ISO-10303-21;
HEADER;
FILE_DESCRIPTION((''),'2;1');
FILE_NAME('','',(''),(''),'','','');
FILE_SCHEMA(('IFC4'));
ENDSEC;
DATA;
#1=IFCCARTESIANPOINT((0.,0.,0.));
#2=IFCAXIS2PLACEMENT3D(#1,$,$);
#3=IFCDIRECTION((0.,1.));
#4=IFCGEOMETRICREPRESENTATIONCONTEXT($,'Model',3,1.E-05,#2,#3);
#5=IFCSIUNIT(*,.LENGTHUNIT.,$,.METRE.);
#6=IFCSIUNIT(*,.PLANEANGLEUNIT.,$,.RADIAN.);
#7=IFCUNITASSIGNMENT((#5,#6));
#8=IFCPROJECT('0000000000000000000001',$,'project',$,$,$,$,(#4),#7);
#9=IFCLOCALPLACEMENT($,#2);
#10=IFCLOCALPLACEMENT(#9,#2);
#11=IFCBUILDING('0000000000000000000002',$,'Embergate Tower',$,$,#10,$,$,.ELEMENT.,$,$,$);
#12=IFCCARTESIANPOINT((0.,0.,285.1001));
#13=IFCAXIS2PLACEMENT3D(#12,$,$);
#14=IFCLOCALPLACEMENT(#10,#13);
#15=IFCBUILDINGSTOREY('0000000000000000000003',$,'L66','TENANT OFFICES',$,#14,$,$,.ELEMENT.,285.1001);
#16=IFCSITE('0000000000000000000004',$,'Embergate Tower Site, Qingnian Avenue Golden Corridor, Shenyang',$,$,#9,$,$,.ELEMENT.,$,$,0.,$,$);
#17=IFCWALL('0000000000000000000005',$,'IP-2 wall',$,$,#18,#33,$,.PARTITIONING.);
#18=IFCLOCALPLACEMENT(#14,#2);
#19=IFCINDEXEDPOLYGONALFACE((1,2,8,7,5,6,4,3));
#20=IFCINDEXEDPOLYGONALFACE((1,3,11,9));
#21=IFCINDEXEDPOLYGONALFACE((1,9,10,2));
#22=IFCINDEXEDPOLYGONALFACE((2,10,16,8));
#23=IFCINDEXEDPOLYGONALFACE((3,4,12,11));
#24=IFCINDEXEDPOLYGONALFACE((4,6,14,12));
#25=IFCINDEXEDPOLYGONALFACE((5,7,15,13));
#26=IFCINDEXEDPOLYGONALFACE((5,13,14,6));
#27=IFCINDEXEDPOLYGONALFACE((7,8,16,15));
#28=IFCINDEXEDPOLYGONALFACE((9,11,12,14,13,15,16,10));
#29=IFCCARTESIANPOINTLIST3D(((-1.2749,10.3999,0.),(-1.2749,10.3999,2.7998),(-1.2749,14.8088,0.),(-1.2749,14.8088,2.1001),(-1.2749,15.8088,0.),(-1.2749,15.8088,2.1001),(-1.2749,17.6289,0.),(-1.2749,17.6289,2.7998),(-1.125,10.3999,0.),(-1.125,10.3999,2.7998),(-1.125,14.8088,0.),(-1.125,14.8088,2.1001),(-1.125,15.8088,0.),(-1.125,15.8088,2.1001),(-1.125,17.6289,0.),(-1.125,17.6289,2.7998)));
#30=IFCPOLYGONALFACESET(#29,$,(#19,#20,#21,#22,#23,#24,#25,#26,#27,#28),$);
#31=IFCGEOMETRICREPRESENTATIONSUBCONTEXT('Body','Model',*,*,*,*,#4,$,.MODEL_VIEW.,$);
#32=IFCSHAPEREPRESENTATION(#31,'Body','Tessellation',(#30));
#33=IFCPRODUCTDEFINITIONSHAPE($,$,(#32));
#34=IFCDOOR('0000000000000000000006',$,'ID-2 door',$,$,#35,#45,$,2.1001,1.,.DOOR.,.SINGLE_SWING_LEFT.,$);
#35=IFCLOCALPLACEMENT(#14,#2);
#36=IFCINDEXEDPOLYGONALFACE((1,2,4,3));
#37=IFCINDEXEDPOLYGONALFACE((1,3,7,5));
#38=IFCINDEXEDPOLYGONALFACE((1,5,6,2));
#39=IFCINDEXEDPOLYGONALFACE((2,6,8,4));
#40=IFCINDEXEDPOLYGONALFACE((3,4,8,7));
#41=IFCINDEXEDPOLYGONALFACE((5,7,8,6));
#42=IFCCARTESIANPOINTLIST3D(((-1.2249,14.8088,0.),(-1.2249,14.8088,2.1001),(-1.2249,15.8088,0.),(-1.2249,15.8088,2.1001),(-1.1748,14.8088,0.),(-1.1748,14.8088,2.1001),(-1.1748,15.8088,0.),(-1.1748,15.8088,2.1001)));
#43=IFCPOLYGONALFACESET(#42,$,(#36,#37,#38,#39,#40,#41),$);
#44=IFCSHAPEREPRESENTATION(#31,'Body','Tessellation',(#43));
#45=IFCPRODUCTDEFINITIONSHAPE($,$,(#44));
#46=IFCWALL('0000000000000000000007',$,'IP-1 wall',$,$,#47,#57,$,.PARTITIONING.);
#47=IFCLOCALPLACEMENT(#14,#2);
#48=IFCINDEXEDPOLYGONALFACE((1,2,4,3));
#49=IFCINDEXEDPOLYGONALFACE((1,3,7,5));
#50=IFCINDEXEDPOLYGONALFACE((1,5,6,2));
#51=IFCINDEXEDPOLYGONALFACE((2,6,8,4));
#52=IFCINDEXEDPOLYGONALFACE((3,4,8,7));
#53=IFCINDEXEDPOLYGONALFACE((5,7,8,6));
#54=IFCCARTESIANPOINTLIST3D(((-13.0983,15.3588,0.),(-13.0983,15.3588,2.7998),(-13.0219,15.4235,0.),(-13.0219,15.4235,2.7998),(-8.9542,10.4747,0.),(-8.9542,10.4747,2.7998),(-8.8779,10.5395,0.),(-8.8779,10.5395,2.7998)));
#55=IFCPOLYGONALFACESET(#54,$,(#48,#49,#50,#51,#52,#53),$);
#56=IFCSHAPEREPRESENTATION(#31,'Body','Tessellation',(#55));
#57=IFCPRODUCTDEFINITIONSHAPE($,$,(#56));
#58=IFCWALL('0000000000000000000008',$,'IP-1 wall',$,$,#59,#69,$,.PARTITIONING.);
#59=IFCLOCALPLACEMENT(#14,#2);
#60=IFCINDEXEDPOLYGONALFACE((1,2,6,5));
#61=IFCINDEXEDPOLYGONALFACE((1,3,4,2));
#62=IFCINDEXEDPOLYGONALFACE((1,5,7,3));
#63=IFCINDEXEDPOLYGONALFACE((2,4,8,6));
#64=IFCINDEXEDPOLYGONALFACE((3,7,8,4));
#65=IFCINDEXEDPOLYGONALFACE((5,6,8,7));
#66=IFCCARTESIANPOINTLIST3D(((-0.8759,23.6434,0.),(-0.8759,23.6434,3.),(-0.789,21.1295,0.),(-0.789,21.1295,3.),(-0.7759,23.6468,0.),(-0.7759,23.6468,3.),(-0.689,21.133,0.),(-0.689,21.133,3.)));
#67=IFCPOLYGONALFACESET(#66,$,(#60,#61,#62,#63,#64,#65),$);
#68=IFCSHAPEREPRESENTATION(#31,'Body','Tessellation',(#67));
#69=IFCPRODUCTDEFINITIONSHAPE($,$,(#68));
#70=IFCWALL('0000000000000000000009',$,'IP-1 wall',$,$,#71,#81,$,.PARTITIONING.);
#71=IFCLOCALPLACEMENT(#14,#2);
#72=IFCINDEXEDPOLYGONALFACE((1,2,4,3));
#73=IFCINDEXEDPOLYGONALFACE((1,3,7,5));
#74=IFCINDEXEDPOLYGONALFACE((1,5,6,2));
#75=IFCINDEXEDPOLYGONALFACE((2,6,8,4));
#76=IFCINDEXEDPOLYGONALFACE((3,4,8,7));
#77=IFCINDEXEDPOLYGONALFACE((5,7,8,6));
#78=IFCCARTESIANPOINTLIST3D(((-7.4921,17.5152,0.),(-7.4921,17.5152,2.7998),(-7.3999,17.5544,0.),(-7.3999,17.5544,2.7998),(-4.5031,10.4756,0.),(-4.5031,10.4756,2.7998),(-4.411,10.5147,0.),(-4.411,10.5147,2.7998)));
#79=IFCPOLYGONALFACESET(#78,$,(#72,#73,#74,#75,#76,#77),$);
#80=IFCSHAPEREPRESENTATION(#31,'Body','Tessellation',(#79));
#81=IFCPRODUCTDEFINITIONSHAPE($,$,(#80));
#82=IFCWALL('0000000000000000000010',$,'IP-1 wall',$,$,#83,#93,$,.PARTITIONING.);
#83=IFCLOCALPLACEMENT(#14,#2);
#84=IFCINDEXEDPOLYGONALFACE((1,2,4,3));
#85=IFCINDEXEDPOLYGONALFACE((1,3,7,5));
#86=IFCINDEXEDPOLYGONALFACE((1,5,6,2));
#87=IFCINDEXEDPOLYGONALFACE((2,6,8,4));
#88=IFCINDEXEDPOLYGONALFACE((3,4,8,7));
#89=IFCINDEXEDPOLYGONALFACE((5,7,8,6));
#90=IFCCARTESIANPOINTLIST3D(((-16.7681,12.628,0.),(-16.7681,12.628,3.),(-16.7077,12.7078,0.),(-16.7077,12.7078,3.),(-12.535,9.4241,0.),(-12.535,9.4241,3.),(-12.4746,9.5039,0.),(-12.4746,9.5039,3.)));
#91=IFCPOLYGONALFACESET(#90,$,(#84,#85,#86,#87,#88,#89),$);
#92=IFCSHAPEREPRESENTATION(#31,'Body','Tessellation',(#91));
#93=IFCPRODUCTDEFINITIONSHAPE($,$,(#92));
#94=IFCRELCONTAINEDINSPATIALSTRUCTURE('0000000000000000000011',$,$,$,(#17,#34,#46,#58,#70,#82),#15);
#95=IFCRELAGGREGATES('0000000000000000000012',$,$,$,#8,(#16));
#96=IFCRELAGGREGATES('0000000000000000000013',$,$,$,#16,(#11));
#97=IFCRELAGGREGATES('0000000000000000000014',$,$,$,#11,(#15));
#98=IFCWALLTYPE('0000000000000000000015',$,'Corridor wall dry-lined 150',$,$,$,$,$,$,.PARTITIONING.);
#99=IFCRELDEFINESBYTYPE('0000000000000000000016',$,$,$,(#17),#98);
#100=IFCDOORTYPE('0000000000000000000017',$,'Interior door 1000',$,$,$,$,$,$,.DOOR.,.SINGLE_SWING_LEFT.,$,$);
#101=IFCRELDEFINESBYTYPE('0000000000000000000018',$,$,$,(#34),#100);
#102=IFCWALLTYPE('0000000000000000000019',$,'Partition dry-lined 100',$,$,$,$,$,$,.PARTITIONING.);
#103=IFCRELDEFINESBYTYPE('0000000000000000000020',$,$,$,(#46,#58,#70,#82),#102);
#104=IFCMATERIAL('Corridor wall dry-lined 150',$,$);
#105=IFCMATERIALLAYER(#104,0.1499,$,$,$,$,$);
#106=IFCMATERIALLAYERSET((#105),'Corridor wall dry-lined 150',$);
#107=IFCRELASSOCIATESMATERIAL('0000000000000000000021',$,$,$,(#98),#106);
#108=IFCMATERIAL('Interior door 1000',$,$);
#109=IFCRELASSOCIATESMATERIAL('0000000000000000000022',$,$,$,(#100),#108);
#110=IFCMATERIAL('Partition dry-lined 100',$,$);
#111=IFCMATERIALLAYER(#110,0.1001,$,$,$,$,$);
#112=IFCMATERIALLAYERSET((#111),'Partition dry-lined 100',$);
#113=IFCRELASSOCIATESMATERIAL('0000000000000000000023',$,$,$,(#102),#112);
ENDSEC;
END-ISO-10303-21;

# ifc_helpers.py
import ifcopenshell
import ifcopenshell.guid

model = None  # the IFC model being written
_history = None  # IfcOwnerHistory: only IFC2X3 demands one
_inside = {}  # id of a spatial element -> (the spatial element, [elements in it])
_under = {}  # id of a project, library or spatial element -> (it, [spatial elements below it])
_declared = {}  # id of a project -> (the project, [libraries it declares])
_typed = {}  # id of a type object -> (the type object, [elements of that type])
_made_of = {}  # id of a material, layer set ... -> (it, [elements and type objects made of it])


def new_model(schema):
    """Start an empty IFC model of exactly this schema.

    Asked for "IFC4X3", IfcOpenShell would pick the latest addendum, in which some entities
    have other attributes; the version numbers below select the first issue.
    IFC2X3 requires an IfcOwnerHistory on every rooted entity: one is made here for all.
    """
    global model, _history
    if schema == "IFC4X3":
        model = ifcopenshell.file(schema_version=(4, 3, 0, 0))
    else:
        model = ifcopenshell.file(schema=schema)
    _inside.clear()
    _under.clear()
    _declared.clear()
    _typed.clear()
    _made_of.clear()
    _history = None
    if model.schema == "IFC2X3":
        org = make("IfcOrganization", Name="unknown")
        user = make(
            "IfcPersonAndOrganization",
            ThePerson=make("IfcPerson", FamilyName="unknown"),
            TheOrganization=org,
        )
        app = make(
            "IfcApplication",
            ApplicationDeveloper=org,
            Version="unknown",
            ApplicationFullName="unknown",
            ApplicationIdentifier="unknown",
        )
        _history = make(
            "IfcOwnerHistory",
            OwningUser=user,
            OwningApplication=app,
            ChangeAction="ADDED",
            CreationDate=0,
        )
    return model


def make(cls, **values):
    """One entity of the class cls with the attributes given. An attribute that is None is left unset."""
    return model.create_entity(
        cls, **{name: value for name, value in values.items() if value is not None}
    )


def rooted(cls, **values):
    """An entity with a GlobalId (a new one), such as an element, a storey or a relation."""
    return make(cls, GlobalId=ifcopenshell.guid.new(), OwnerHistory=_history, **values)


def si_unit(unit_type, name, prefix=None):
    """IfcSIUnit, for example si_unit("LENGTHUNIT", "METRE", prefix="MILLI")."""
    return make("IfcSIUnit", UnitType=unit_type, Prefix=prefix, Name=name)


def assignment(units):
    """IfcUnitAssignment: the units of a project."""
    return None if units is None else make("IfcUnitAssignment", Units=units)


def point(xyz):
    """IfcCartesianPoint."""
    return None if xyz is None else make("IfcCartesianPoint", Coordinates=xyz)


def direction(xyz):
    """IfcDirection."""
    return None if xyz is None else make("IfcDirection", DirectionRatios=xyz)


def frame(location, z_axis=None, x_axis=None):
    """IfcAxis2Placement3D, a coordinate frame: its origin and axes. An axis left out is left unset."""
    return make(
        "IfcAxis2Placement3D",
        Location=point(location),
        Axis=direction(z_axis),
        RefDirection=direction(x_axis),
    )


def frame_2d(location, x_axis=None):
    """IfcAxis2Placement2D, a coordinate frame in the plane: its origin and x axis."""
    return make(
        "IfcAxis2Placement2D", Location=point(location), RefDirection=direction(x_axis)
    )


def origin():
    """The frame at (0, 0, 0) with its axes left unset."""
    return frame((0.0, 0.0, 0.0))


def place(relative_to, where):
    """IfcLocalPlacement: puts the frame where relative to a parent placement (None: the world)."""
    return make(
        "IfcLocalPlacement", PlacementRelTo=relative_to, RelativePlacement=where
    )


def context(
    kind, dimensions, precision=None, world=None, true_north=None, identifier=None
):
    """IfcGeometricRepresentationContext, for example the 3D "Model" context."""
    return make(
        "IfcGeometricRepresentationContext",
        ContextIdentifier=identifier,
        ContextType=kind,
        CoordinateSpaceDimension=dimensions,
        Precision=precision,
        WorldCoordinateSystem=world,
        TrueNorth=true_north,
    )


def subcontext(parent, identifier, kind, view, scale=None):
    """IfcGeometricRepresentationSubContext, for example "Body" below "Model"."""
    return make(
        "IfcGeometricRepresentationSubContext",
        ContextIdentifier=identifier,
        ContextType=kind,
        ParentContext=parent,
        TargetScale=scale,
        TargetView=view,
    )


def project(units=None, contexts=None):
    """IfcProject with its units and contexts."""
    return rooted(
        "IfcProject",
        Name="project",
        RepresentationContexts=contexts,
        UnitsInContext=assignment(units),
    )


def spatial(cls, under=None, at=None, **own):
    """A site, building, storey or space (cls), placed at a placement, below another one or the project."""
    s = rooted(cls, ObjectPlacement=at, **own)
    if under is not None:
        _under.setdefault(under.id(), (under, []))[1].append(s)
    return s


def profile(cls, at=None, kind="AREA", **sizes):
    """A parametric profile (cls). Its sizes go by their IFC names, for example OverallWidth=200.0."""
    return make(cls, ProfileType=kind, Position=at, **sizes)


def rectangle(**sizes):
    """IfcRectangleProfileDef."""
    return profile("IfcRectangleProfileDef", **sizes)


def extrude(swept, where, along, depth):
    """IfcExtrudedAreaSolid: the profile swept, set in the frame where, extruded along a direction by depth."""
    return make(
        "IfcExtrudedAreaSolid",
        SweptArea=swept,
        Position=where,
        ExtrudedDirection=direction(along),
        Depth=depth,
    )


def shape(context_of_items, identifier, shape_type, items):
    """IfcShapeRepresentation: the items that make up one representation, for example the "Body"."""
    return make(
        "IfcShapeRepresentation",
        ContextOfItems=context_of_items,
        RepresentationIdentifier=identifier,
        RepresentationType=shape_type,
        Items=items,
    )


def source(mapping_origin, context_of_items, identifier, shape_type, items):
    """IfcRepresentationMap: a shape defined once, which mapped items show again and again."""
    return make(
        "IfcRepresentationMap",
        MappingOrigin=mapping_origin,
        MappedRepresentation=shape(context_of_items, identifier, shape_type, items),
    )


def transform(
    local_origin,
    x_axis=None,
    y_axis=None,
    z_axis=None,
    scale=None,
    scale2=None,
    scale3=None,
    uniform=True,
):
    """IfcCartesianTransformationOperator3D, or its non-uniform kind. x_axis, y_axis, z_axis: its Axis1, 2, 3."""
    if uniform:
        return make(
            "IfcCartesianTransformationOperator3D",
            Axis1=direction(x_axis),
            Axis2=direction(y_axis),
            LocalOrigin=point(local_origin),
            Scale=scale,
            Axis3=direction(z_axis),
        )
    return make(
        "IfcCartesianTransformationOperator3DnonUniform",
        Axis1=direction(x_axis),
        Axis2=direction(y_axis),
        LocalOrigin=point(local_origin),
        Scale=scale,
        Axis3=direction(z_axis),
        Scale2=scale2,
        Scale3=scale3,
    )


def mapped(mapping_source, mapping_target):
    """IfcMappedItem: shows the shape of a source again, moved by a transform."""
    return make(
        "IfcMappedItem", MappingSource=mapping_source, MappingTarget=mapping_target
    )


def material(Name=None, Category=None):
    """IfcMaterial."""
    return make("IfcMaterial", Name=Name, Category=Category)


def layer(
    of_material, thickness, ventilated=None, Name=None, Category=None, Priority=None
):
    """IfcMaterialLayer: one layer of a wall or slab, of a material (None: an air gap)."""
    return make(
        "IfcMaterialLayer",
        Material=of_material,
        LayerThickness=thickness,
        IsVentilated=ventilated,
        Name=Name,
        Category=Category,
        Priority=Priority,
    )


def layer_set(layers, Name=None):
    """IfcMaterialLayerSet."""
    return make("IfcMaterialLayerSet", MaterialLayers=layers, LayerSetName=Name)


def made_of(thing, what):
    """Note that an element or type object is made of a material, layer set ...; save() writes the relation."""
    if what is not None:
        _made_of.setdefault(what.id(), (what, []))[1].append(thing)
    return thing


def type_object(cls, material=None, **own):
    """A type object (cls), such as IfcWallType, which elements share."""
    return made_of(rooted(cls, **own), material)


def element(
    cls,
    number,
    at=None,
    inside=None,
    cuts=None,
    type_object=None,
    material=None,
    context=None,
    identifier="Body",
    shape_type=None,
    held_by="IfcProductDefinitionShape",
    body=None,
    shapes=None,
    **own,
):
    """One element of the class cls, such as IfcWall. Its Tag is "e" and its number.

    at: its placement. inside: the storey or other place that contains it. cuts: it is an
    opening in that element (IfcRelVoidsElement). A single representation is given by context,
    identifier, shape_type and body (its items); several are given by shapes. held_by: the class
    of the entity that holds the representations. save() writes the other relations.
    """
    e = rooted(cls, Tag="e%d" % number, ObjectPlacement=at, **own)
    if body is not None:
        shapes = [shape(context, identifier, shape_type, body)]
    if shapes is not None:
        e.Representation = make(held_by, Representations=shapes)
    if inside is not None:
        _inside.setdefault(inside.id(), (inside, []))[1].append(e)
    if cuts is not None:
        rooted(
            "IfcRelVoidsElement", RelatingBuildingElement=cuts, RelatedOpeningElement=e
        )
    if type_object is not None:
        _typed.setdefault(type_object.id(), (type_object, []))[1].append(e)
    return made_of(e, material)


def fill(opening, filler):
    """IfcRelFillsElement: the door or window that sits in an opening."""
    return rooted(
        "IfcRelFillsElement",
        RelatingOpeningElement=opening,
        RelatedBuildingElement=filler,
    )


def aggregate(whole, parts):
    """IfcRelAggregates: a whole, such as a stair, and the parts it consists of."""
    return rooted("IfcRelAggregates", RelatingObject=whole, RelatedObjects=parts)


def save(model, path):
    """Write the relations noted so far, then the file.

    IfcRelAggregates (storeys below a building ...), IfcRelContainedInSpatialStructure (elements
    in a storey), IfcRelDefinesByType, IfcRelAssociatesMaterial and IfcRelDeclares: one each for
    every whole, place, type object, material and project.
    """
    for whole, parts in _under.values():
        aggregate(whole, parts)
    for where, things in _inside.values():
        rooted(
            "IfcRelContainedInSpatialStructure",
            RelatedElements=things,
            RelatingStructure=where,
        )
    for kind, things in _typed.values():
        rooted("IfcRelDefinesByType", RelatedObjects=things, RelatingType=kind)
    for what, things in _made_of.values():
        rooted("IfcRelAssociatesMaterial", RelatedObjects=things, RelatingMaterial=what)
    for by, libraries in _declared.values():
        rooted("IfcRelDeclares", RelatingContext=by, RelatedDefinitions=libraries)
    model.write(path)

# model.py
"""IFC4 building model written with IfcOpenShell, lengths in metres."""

from ifc_helpers import new_model, si_unit, direction, frame, frame_2d, origin, place, context, subcontext, project, spatial, rectangle, extrude, source, transform, mapped, material, layer, layer_set, type_object, element, fill, save


model = new_model("IFC4")

# Units and contexts
model_context = context("Model", 3, precision=1e-05, world=origin(), true_north=direction((0.0, 1.0)))
body_context = subcontext(model_context, "Body", "Model", "MODEL_VIEW")
ifc_project = project(units=[si_unit("LENGTHUNIT", "METRE"), si_unit("PLANEANGLEUNIT", "RADIAN")], contexts=[model_context])

# Site, building, storey
site_placement = place(None, origin())
site = spatial("IfcSite", under=ifc_project, at=site_placement, Name="Embergate Tower Site, Qingnian Avenue Golden Corridor, Shenyang", CompositionType="ELEMENT", RefElevation=0.0)
building_placement = place(site_placement, origin())
building = spatial("IfcBuilding", under=site, at=building_placement, Name="Embergate Tower", CompositionType="ELEMENT")
storey_placement = place(building_placement, frame((0.0, 0.0, 285.1001)))
storey = spatial("IfcBuildingStorey", under=building, at=storey_placement, Name="L66", Description="TENANT OFFICES", CompositionType="ELEMENT", Elevation=285.1001)

# Shared definitions
ifc_material_1 = material(Name="Corridor wall dry-lined 150")
ifc_layer_1 = layer(ifc_material_1, 0.1499)
ifc_layer_set_1 = layer_set([ifc_layer_1], Name="Corridor wall dry-lined 150")
wall_type_1 = type_object("IfcWallType", Name="Corridor wall dry-lined 150", PredefinedType="PARTITIONING", material=ifc_layer_set_1)
shared_shape_1 = source(origin(), body_context, "Body", "SweptSolid", [
    extrude(rectangle(XDim=1.0, YDim=2.1001, at=frame_2d((0.5, 1.05))), frame((0.0, 0.085, 0.0), z_axis=(0.0, -1.0, 0.0), x_axis=(1.0, 0.0, 0.0)), (0.0, 0.0, 1.0), 0.1699),
])
ifc_material_2 = material(Name="Interior door 1000")
door_type_1 = type_object("IfcDoorType", Name="Interior door 1000", OperationType="SINGLE_SWING_LEFT", PredefinedType="DOOR", material=ifc_material_2)
shared_shape_2 = source(origin(), body_context, "Body", "SweptSolid", [
    extrude(rectangle(XDim=1.0, YDim=2.1001, at=frame_2d((0.5, 1.05))), frame((0.0, 0.0249, 0.0), z_axis=(0.0, -1.0, 0.0), x_axis=(1.0, 0.0, 0.0)), (0.0, 0.0, 1.0), 0.05),
])

# Wall, opening, door
shared_shape_3 = source(origin(), body_context, "Body", "SweptSolid", [
    extrude(rectangle(XDim=7.229, YDim=0.1499, at=frame_2d((3.6145, 0.0))), origin(), (0.0, 0.0, 1.0), 2.7998),
])
wall_1_placement = place(storey_placement, frame((-1.2, 10.3999, 0.0), z_axis=(0.0, 0.0, 1.0), x_axis=(0.0, 1.0, 0.0)))
wall_1 = element("IfcWall", 1, at=wall_1_placement, inside=storey, type_object=wall_type_1, Name="IP-2 wall", PredefinedType="PARTITIONING", context=body_context, shape_type="MappedRepresentation", body=[
    mapped(shared_shape_3, transform((0.0, 0.0, 0.0))),
])
opening_1_placement = place(wall_1_placement, frame((4.4089, 0.0, 0.0)))
opening_1 = element("IfcOpeningElement", 2, at=opening_1_placement, cuts=wall_1, PredefinedType="OPENING", context=body_context, shape_type="MappedRepresentation", body=[
    mapped(shared_shape_1, transform((0.0, 0.0, 0.0))),
])
door_1_placement = place(opening_1_placement, origin())
door_1 = element("IfcDoor", 3, at=door_1_placement, inside=storey, type_object=door_type_1, Name="ID-2 door", OperationType="SINGLE_SWING_LEFT", OverallHeight=2.1001, OverallWidth=1.0, PredefinedType="DOOR", context=body_context, shape_type="MappedRepresentation", body=[
    mapped(shared_shape_2, transform((0.0, 0.0, 0.0))),
])
fill(opening_1, door_1)

# Walls
ifc_material_3 = material(Name="Partition dry-lined 100")
ifc_layer_2 = layer(ifc_material_3, 0.1001)
ifc_layer_set_2 = layer_set([ifc_layer_2], Name="Partition dry-lined 100")
wall_type_2 = type_object("IfcWallType", Name="Partition dry-lined 100", PredefinedType="PARTITIONING", material=ifc_layer_set_2)
shared_shape_4 = source(origin(), body_context, "Body", "SweptSolid", [
    extrude(rectangle(XDim=6.4053, YDim=0.1001, at=frame_2d((3.2026, 0.0))), origin(), (0.0, 0.0, 1.0), 2.7998),
])
wall_2_placement = place(storey_placement, frame((-8.916, 10.5071, 0.0), z_axis=(0.0, 0.0, 1.0), x_axis=(-0.646979, 0.762508, 0.0)))
element("IfcWall", 4, at=wall_2_placement, inside=storey, type_object=wall_type_2, Name="IP-1 wall", PredefinedType="PARTITIONING", context=body_context, shape_type="MappedRepresentation", body=[
    mapped(shared_shape_4, transform((0.0, 0.0, 0.0))),
])
shared_shape_5 = source(origin(), body_context, "Body", "SweptSolid", [
    extrude(rectangle(XDim=2.5154, YDim=0.1001, at=frame_2d((1.2578, 0.0))), origin(), (0.0, 0.0, 1.0), 3.0),
])
wall_3_placement = place(storey_placement, frame((-0.739, 21.1311, 0.0), z_axis=(0.0, 0.0, 1.0), x_axis=(-0.034553, 0.999403, 0.0)))
element("IfcWall", 5, at=wall_3_placement, inside=storey, type_object=wall_type_2, Name="IP-1 wall", PredefinedType="PARTITIONING", context=body_context, shape_type="MappedRepresentation", body=[
    mapped(shared_shape_5, transform((0.0, 0.0, 0.0))),
])
shared_shape_6 = source(origin(), body_context, "Body", "SweptSolid", [
    extrude(rectangle(XDim=7.6479, YDim=0.1001, at=frame_2d((3.824, 0.0))), origin(), (0.0, 0.0, 1.0), 2.7998),
])
wall_4_placement = place(storey_placement, frame((-4.457, 10.4951, 0.0), z_axis=(0.0, 0.0, 1.0), x_axis=(-0.39082, 0.920467, 0.0)))
element("IfcWall", 6, at=wall_4_placement, inside=storey, type_object=wall_type_2, Name="IP-1 wall", PredefinedType="PARTITIONING", context=body_context, shape_type="MappedRepresentation", body=[
    mapped(shared_shape_6, transform((0.0, 0.0, 0.0))),
])
shared_shape_7 = source(origin(), body_context, "Body", "SweptSolid", [
    extrude(rectangle(XDim=5.3088, YDim=0.1001, at=frame_2d((2.6543, 0.0))), origin(), (0.0, 0.0, 1.0), 3.0),
])
wall_5_placement = place(storey_placement, frame((-12.5049, 9.4641, 0.0), z_axis=(0.0, 0.0, 1.0), x_axis=(-0.797371, 0.603489, 0.0)))
element("IfcWall", 7, at=wall_5_placement, inside=storey, type_object=wall_type_2, Name="IP-1 wall", PredefinedType="PARTITIONING", context=body_context, shape_type="MappedRepresentation", body=[
    mapped(shared_shape_7, transform((0.0, 0.0, 0.0))),
])

save(model, "model.ifc")
